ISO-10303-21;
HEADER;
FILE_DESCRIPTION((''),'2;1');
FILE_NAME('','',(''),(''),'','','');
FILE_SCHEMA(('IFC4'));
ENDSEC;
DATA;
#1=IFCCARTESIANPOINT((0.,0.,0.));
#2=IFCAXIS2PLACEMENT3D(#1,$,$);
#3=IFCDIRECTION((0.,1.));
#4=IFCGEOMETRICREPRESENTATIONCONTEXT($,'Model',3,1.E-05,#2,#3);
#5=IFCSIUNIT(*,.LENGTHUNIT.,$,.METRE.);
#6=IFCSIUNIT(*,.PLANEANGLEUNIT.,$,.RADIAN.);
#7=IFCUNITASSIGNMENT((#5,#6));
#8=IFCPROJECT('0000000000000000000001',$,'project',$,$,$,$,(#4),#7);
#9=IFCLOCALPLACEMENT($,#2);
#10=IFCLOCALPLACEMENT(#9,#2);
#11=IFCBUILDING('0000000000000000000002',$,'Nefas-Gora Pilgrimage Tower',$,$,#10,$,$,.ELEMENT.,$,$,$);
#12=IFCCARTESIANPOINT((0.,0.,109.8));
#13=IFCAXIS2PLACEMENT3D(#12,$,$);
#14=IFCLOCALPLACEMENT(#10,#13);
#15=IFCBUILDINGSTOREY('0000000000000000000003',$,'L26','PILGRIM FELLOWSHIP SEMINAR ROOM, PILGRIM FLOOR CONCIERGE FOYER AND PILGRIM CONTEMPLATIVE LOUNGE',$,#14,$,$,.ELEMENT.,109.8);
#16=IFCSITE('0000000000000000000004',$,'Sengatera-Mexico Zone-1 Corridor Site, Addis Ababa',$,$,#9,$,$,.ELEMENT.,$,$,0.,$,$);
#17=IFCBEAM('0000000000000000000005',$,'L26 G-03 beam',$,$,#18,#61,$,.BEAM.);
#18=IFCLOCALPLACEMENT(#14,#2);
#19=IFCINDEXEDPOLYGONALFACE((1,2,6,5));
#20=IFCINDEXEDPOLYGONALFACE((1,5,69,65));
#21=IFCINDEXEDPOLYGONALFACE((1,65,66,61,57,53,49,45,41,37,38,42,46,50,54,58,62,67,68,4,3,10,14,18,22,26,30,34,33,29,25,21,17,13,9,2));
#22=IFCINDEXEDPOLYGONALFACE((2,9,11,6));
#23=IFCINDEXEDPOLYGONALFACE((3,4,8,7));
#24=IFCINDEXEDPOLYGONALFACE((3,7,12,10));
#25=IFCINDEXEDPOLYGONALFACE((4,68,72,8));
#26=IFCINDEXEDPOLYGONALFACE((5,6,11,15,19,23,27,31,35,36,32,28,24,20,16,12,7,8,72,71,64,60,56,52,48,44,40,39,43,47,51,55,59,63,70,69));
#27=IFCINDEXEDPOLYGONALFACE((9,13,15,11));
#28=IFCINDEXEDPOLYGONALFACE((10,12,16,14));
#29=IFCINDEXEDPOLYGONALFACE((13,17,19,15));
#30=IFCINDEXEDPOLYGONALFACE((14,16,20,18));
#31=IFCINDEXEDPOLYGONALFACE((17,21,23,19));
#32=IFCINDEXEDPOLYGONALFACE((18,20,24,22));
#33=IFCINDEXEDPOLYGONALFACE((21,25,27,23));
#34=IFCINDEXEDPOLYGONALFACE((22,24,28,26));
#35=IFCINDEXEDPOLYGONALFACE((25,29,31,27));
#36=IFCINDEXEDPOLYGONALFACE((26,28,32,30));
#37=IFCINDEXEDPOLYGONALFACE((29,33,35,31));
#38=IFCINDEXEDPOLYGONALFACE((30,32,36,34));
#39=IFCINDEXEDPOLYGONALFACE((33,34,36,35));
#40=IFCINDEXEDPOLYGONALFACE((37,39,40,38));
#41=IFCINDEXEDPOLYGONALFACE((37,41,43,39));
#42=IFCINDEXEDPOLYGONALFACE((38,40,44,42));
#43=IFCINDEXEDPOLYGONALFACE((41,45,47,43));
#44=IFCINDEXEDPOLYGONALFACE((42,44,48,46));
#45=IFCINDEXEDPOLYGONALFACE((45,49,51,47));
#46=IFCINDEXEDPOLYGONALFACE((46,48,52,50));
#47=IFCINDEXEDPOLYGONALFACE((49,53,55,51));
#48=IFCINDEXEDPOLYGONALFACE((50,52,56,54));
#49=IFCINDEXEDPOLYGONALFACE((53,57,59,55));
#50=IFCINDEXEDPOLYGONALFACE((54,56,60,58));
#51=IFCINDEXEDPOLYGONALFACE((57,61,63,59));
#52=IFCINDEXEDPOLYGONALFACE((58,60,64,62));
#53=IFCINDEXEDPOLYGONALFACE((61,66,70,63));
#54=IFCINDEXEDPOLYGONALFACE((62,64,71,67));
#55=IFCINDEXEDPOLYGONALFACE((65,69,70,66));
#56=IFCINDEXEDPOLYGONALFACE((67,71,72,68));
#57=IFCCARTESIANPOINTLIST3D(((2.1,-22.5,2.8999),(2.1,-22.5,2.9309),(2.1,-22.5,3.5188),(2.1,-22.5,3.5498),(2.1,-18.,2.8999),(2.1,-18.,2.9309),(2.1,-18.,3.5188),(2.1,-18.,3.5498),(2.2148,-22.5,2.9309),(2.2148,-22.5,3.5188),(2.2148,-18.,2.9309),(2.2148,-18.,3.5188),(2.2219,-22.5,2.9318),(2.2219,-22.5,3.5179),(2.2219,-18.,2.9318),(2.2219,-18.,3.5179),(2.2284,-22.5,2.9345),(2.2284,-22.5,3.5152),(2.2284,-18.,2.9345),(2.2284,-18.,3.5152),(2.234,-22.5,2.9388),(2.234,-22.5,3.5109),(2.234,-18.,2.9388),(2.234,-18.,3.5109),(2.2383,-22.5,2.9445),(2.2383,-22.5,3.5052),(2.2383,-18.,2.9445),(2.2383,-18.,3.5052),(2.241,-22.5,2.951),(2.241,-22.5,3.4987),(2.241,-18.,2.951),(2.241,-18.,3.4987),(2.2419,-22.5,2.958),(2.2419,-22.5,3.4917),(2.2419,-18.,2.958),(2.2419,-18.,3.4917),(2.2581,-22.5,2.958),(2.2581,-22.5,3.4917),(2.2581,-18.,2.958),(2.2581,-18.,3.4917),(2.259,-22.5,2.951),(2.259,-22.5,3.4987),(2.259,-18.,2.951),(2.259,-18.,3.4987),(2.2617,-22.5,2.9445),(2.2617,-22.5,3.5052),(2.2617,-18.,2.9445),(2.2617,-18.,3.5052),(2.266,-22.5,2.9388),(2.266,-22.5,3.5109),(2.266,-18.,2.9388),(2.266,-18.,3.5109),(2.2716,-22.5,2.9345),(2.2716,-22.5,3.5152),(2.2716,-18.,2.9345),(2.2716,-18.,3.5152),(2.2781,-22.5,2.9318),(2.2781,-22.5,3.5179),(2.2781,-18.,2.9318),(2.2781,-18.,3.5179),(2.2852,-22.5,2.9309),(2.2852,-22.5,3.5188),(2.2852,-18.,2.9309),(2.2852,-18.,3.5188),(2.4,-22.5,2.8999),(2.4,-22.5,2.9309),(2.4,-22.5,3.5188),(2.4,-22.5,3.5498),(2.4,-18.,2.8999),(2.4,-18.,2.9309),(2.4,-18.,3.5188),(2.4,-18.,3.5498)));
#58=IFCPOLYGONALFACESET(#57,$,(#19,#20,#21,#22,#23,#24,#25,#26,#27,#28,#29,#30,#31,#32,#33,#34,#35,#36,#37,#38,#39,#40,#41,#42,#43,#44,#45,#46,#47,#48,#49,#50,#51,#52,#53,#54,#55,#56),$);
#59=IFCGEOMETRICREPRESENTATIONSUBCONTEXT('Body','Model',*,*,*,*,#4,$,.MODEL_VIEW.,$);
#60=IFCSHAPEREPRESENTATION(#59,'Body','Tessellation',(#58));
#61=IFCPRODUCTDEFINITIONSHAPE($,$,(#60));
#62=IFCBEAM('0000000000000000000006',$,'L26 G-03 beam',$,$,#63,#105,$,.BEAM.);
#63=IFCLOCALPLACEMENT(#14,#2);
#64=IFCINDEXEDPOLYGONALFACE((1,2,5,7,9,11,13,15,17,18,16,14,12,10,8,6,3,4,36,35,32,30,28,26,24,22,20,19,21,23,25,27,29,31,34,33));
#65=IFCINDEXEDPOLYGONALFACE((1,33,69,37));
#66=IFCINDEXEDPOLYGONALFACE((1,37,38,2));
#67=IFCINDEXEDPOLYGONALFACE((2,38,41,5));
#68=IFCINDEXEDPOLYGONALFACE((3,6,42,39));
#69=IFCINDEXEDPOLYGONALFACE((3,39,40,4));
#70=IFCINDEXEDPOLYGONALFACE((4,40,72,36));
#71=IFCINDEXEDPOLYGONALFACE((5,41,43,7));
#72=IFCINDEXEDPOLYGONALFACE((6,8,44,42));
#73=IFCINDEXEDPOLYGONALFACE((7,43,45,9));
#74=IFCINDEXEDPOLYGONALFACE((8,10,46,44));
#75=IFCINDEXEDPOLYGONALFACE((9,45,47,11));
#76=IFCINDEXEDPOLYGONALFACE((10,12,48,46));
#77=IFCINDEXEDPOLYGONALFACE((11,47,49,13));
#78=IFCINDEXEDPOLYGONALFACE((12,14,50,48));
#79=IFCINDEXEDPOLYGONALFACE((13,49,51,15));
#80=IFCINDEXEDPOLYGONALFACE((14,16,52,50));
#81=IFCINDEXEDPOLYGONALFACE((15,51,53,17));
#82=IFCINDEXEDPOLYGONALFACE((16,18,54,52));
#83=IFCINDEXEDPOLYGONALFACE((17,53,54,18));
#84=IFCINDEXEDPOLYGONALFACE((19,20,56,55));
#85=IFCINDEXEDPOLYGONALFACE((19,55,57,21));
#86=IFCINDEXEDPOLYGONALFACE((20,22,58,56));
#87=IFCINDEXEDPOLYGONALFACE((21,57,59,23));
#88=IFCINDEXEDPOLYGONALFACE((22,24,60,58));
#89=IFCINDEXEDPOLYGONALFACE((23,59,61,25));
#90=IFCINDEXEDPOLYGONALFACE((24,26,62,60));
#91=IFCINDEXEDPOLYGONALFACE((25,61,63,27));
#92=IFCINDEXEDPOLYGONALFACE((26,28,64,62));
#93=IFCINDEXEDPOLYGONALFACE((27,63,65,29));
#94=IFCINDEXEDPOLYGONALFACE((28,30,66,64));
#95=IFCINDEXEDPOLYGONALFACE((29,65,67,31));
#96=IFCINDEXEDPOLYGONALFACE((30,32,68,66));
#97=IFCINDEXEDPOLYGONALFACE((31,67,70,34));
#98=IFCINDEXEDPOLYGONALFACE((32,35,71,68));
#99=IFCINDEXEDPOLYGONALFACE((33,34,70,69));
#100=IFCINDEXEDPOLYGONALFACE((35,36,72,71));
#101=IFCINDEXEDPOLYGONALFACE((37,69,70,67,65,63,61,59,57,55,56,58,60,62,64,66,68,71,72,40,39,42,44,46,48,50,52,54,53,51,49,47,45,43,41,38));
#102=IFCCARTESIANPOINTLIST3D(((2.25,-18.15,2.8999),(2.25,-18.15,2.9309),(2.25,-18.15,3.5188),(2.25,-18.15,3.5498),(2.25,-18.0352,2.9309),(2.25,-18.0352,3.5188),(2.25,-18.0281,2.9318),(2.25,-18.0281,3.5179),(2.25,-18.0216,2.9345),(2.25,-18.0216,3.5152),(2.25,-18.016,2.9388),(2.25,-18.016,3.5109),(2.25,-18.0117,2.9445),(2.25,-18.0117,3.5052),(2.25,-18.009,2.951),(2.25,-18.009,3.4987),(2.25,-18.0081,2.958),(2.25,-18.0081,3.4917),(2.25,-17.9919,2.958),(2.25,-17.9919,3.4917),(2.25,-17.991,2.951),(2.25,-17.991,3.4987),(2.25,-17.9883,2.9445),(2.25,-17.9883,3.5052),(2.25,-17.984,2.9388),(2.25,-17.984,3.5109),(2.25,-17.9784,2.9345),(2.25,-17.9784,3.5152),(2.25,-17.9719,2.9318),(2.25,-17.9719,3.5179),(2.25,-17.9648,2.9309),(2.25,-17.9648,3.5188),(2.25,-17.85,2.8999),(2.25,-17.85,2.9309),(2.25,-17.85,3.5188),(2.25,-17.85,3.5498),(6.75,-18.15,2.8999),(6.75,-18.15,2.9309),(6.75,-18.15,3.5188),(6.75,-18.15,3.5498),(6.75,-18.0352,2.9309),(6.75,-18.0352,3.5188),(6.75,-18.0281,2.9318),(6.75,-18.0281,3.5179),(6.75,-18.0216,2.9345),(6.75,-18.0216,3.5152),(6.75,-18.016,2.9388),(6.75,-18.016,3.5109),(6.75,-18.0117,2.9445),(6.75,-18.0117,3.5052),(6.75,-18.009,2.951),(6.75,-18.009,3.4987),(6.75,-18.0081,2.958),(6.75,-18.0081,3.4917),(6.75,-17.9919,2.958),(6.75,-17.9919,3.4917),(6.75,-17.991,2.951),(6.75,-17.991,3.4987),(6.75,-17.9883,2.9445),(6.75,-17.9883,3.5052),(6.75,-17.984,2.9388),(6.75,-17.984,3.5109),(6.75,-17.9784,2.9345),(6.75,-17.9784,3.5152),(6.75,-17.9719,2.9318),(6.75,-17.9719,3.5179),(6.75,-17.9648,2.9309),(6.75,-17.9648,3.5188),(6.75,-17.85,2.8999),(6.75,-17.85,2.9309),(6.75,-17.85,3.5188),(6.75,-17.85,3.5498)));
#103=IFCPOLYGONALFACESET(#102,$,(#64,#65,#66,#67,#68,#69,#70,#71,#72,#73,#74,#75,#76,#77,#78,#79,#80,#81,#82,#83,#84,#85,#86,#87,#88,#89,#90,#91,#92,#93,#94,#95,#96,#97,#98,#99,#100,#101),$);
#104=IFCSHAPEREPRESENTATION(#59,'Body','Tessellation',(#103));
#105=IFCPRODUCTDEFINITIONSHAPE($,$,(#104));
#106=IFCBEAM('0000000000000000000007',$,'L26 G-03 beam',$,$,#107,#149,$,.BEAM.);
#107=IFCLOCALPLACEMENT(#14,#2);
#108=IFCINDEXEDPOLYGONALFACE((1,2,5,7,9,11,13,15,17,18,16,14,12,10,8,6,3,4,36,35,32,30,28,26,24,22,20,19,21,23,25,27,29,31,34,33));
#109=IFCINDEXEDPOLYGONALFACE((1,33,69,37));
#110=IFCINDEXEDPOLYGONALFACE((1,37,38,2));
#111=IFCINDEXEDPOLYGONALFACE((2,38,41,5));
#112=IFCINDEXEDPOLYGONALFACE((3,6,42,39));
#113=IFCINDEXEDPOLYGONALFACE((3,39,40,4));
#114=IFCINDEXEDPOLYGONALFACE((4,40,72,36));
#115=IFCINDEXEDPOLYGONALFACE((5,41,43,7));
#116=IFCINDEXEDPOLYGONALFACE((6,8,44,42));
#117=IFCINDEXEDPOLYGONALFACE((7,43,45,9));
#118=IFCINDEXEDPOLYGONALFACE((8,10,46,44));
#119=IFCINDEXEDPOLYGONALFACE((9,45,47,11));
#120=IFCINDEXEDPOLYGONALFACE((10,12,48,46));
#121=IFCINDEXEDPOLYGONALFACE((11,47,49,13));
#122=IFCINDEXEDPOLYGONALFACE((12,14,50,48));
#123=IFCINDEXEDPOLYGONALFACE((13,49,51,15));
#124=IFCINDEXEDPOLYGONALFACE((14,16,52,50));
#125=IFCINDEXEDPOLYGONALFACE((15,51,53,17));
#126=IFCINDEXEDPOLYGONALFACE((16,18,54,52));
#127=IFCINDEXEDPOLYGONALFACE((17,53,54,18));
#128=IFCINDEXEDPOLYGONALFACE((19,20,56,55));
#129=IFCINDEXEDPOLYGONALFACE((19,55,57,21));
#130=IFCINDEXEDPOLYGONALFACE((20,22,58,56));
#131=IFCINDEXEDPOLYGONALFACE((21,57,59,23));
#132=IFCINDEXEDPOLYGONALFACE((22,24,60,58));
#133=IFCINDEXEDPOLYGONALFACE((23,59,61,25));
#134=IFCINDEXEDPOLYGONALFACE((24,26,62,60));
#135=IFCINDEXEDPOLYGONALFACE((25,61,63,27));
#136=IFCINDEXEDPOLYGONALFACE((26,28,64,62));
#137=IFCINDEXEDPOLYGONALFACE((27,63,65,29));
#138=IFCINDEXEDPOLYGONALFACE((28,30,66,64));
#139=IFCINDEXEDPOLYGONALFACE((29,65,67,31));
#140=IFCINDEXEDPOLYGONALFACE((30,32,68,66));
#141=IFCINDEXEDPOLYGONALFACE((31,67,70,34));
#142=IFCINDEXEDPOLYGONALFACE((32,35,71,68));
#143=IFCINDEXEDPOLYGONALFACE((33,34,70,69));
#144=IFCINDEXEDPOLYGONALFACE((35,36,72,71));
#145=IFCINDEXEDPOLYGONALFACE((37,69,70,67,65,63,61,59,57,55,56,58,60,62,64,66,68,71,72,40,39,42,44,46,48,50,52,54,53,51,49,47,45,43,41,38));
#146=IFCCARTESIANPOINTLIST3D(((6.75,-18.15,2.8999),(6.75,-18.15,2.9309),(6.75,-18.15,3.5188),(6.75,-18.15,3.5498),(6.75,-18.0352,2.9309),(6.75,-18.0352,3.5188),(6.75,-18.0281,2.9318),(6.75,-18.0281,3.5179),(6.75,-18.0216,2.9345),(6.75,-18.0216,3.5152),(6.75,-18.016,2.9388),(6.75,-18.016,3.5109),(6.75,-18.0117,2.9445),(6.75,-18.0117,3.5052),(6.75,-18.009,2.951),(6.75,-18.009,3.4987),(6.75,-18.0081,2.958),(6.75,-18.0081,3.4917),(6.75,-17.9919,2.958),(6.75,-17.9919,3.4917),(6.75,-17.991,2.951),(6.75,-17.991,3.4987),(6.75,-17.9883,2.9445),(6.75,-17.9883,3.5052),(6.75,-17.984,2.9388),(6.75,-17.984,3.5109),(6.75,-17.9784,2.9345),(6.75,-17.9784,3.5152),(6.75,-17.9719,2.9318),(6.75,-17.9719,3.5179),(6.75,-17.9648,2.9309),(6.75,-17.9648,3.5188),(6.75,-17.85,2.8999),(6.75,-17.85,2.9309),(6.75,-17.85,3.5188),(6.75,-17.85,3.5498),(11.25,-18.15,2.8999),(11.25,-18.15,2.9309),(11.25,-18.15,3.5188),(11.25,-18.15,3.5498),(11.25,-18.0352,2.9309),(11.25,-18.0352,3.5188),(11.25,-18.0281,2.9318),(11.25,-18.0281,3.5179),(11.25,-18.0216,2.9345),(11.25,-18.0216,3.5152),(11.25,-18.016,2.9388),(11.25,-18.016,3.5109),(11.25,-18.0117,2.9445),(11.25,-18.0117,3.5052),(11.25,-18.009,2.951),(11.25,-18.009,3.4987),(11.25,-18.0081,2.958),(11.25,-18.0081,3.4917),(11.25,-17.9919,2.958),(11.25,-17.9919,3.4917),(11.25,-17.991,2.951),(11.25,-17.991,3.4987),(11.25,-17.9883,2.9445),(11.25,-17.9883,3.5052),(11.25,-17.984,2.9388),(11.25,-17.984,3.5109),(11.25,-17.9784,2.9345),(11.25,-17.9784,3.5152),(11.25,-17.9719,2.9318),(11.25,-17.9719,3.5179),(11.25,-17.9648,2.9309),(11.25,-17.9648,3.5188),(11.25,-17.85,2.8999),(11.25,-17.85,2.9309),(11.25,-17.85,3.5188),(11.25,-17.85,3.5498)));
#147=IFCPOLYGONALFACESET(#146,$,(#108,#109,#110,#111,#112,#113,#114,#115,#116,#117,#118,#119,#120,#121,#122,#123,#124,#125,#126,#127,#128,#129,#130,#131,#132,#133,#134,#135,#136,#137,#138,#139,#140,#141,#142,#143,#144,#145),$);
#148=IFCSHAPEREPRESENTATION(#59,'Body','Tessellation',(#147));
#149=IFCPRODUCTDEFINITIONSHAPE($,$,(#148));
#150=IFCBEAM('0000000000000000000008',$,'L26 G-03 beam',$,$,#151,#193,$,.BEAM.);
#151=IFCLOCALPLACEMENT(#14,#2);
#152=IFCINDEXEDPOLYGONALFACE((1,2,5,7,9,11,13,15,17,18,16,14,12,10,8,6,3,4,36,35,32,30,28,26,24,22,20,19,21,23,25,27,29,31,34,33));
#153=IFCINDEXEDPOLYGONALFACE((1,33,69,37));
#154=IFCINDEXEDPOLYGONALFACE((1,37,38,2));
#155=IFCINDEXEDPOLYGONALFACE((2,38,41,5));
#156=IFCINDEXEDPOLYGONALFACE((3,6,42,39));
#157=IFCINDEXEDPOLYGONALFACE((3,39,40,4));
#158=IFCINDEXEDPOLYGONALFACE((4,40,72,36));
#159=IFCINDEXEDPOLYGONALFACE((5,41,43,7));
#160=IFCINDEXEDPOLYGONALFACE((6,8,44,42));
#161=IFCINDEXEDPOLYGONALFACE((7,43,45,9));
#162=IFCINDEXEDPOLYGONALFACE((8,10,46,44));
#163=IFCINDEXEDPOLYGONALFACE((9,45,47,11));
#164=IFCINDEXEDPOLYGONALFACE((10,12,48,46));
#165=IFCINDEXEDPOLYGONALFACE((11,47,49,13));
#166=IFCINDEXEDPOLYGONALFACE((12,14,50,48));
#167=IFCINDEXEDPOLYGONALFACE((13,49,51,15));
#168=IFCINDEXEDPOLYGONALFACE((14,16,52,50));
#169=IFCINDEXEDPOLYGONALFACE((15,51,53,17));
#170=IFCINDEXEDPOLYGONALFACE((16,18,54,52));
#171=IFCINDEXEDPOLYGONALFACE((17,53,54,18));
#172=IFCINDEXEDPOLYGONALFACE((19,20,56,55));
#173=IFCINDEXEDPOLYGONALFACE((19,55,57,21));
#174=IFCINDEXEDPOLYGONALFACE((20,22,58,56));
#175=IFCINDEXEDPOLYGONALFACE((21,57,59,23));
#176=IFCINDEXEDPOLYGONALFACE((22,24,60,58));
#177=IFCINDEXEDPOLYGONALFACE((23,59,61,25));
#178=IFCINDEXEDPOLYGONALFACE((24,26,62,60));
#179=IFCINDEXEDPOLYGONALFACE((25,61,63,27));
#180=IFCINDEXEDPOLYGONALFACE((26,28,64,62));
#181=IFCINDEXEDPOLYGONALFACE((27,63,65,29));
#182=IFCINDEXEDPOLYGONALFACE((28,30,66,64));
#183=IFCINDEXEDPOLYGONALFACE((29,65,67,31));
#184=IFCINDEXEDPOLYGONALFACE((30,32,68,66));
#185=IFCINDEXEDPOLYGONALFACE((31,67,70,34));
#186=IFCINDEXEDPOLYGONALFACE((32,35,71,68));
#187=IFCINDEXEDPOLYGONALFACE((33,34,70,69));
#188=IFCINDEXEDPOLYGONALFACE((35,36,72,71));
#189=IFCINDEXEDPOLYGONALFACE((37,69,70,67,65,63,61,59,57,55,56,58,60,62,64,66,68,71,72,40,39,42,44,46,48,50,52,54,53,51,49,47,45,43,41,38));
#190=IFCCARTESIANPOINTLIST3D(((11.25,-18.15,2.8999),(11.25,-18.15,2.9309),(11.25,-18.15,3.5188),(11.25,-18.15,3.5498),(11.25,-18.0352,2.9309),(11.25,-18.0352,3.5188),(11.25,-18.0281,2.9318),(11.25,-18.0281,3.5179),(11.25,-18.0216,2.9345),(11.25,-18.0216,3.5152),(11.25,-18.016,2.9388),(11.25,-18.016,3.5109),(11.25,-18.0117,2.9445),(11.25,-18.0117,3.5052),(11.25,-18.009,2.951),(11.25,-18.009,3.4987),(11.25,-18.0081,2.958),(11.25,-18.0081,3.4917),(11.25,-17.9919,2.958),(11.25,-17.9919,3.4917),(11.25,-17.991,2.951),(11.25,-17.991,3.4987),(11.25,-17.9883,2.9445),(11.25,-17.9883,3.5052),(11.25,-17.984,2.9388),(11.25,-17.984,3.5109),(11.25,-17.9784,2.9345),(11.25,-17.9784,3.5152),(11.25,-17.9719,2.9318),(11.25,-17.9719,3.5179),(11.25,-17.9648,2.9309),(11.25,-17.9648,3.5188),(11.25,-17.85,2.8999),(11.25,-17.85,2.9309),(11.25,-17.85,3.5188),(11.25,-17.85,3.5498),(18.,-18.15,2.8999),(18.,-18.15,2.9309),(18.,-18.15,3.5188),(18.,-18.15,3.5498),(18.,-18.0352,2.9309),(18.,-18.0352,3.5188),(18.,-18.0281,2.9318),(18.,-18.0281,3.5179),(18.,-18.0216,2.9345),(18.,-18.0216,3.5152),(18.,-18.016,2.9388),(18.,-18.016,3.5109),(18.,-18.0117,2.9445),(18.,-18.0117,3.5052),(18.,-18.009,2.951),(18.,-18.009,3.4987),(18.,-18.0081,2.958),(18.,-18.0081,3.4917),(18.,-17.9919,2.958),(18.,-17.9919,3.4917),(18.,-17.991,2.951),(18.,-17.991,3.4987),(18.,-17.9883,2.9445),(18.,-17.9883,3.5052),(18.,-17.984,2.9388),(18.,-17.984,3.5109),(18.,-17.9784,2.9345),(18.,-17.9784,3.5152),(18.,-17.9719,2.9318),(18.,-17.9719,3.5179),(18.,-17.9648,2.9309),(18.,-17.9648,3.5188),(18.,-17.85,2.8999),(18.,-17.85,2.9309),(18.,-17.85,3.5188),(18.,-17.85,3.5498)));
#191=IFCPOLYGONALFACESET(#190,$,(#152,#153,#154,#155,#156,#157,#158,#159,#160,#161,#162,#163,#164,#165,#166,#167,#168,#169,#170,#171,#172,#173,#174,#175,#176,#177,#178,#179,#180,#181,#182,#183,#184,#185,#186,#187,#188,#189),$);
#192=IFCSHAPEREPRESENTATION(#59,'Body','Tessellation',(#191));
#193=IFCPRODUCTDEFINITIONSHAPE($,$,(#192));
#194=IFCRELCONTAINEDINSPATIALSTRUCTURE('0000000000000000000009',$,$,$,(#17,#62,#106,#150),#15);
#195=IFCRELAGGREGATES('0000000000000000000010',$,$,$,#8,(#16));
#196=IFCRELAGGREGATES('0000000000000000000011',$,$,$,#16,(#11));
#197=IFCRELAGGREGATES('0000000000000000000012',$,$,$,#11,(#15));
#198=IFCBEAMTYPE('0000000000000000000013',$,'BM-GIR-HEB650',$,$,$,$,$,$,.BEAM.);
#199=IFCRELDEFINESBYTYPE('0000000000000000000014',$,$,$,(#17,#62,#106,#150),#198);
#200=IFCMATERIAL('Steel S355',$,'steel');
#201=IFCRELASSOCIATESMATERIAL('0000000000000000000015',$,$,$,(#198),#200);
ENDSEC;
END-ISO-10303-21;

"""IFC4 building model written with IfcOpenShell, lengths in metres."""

from ifc_helpers import new_model, si_unit, direction, frame, origin, origin_2d, place, context, subcontext, project, spatial, i_section, extrude, source, transform, mapped, material, material_profile, profile_set, type_object, element, save


model = new_model("IFC4")

# Units and contexts
model_context = context("Model", 3, precision=1e-05, world=origin(), true_north=direction((0.0, 1.0)))
body_context = subcontext(model_context, "Body", "Model", "MODEL_VIEW")
ifc_project = project(units=[si_unit("LENGTHUNIT", "METRE"), si_unit("PLANEANGLEUNIT", "RADIAN")], contexts=[model_context])

# Site, building, storey
site_placement = place(None, origin())
site = spatial("IfcSite", under=ifc_project, at=site_placement, Name="Sengatera-Mexico Zone-1 Corridor Site, Addis Ababa", CompositionType="ELEMENT", RefElevation=0.0)
building_placement = place(site_placement, origin())
building = spatial("IfcBuilding", under=site, at=building_placement, Name="Nefas-Gora Pilgrimage Tower", CompositionType="ELEMENT")
storey_placement = place(building_placement, frame((0.0, 0.0, 109.8)))
storey = spatial("IfcBuildingStorey", under=building, at=storey_placement, Name="L26", Description="PILGRIM FELLOWSHIP SEMINAR ROOM, PILGRIM FLOOR CONCIERGE FOYER AND PILGRIM CONTEMPLATIVE LOUNGE", CompositionType="ELEMENT", Elevation=109.8)

# Beams
ifc_material_1 = material(Name="Steel S355", Category="steel")
ifc_material_profile_1 = material_profile(ifc_material_1, i_section(OverallWidth=0.3, OverallDepth=0.6499, WebThickness=0.0161, FlangeThickness=0.031, FilletRadius=0.0271, at=origin_2d()), Name="HEB 650")
ifc_profile_set_1 = profile_set([ifc_material_profile_1], Name="Steel S355")
beam_type_1 = type_object("IfcBeamType", Name="BM-GIR-HEB650", PredefinedType="BEAM", material=ifc_profile_set_1)
shared_shape_1 = source(origin(), body_context, "Body", "SweptSolid", [
    extrude(i_section(OverallWidth=0.3, OverallDepth=0.6499, WebThickness=0.0161, FlangeThickness=0.031, FilletRadius=0.0271, at=origin_2d()), origin(), (0.0, 0.0, 1.0), 4.5),
])
for number, where, z_axis, x_axis, name in (
    (1, (2.25, -22.5, 3.2249), (0.0, 1.0, 0.0), (-1.0, 0.0, 0.0), "L26 G-03 beam"),
    (2, (2.25, -18.0, 3.2249), (1.0, 0.0, 0.0), (0.0, 1.0, 0.0), "L26 G-03 beam"),
    (3, (6.75, -18.0, 3.2249), (1.0, 0.0, 0.0), (0.0, 1.0, 0.0), "L26 G-03 beam"),
):
    element("IfcBeam", number, at=place(storey_placement, frame(where, z_axis=z_axis, x_axis=x_axis)), inside=storey, type_object=beam_type_1, Name=name, PredefinedType="BEAM", context=body_context, shape_type="MappedRepresentation", body=[
        mapped(shared_shape_1, transform((0.0, 0.0, 0.0), x_axis=(1.0, 0.0, 0.0), y_axis=(0.0, 1.0, 0.0), z_axis=(0.0, 0.0, 1.0), scale=1.0)),
    ])
shared_shape_2 = source(origin(), body_context, "Body", "SweptSolid", [
    extrude(i_section(OverallWidth=0.3, OverallDepth=0.6499, WebThickness=0.0161, FlangeThickness=0.031, FilletRadius=0.0271, at=origin_2d()), origin(), (0.0, 0.0, 1.0), 6.75),
])
beam_1_placement = place(storey_placement, frame((11.25, -18.0, 3.2249), z_axis=(1.0, 0.0, 0.0), x_axis=(0.0, 1.0, 0.0)))
element("IfcBeam", 4, at=beam_1_placement, inside=storey, type_object=beam_type_1, Name="L26 G-03 beam", PredefinedType="BEAM", context=body_context, shape_type="MappedRepresentation", body=[
    mapped(shared_shape_2, transform((0.0, 0.0, 0.0), x_axis=(1.0, 0.0, 0.0), y_axis=(0.0, 1.0, 0.0), z_axis=(0.0, 0.0, 1.0), scale=1.0)),
])

save(model, "model.ifc")
